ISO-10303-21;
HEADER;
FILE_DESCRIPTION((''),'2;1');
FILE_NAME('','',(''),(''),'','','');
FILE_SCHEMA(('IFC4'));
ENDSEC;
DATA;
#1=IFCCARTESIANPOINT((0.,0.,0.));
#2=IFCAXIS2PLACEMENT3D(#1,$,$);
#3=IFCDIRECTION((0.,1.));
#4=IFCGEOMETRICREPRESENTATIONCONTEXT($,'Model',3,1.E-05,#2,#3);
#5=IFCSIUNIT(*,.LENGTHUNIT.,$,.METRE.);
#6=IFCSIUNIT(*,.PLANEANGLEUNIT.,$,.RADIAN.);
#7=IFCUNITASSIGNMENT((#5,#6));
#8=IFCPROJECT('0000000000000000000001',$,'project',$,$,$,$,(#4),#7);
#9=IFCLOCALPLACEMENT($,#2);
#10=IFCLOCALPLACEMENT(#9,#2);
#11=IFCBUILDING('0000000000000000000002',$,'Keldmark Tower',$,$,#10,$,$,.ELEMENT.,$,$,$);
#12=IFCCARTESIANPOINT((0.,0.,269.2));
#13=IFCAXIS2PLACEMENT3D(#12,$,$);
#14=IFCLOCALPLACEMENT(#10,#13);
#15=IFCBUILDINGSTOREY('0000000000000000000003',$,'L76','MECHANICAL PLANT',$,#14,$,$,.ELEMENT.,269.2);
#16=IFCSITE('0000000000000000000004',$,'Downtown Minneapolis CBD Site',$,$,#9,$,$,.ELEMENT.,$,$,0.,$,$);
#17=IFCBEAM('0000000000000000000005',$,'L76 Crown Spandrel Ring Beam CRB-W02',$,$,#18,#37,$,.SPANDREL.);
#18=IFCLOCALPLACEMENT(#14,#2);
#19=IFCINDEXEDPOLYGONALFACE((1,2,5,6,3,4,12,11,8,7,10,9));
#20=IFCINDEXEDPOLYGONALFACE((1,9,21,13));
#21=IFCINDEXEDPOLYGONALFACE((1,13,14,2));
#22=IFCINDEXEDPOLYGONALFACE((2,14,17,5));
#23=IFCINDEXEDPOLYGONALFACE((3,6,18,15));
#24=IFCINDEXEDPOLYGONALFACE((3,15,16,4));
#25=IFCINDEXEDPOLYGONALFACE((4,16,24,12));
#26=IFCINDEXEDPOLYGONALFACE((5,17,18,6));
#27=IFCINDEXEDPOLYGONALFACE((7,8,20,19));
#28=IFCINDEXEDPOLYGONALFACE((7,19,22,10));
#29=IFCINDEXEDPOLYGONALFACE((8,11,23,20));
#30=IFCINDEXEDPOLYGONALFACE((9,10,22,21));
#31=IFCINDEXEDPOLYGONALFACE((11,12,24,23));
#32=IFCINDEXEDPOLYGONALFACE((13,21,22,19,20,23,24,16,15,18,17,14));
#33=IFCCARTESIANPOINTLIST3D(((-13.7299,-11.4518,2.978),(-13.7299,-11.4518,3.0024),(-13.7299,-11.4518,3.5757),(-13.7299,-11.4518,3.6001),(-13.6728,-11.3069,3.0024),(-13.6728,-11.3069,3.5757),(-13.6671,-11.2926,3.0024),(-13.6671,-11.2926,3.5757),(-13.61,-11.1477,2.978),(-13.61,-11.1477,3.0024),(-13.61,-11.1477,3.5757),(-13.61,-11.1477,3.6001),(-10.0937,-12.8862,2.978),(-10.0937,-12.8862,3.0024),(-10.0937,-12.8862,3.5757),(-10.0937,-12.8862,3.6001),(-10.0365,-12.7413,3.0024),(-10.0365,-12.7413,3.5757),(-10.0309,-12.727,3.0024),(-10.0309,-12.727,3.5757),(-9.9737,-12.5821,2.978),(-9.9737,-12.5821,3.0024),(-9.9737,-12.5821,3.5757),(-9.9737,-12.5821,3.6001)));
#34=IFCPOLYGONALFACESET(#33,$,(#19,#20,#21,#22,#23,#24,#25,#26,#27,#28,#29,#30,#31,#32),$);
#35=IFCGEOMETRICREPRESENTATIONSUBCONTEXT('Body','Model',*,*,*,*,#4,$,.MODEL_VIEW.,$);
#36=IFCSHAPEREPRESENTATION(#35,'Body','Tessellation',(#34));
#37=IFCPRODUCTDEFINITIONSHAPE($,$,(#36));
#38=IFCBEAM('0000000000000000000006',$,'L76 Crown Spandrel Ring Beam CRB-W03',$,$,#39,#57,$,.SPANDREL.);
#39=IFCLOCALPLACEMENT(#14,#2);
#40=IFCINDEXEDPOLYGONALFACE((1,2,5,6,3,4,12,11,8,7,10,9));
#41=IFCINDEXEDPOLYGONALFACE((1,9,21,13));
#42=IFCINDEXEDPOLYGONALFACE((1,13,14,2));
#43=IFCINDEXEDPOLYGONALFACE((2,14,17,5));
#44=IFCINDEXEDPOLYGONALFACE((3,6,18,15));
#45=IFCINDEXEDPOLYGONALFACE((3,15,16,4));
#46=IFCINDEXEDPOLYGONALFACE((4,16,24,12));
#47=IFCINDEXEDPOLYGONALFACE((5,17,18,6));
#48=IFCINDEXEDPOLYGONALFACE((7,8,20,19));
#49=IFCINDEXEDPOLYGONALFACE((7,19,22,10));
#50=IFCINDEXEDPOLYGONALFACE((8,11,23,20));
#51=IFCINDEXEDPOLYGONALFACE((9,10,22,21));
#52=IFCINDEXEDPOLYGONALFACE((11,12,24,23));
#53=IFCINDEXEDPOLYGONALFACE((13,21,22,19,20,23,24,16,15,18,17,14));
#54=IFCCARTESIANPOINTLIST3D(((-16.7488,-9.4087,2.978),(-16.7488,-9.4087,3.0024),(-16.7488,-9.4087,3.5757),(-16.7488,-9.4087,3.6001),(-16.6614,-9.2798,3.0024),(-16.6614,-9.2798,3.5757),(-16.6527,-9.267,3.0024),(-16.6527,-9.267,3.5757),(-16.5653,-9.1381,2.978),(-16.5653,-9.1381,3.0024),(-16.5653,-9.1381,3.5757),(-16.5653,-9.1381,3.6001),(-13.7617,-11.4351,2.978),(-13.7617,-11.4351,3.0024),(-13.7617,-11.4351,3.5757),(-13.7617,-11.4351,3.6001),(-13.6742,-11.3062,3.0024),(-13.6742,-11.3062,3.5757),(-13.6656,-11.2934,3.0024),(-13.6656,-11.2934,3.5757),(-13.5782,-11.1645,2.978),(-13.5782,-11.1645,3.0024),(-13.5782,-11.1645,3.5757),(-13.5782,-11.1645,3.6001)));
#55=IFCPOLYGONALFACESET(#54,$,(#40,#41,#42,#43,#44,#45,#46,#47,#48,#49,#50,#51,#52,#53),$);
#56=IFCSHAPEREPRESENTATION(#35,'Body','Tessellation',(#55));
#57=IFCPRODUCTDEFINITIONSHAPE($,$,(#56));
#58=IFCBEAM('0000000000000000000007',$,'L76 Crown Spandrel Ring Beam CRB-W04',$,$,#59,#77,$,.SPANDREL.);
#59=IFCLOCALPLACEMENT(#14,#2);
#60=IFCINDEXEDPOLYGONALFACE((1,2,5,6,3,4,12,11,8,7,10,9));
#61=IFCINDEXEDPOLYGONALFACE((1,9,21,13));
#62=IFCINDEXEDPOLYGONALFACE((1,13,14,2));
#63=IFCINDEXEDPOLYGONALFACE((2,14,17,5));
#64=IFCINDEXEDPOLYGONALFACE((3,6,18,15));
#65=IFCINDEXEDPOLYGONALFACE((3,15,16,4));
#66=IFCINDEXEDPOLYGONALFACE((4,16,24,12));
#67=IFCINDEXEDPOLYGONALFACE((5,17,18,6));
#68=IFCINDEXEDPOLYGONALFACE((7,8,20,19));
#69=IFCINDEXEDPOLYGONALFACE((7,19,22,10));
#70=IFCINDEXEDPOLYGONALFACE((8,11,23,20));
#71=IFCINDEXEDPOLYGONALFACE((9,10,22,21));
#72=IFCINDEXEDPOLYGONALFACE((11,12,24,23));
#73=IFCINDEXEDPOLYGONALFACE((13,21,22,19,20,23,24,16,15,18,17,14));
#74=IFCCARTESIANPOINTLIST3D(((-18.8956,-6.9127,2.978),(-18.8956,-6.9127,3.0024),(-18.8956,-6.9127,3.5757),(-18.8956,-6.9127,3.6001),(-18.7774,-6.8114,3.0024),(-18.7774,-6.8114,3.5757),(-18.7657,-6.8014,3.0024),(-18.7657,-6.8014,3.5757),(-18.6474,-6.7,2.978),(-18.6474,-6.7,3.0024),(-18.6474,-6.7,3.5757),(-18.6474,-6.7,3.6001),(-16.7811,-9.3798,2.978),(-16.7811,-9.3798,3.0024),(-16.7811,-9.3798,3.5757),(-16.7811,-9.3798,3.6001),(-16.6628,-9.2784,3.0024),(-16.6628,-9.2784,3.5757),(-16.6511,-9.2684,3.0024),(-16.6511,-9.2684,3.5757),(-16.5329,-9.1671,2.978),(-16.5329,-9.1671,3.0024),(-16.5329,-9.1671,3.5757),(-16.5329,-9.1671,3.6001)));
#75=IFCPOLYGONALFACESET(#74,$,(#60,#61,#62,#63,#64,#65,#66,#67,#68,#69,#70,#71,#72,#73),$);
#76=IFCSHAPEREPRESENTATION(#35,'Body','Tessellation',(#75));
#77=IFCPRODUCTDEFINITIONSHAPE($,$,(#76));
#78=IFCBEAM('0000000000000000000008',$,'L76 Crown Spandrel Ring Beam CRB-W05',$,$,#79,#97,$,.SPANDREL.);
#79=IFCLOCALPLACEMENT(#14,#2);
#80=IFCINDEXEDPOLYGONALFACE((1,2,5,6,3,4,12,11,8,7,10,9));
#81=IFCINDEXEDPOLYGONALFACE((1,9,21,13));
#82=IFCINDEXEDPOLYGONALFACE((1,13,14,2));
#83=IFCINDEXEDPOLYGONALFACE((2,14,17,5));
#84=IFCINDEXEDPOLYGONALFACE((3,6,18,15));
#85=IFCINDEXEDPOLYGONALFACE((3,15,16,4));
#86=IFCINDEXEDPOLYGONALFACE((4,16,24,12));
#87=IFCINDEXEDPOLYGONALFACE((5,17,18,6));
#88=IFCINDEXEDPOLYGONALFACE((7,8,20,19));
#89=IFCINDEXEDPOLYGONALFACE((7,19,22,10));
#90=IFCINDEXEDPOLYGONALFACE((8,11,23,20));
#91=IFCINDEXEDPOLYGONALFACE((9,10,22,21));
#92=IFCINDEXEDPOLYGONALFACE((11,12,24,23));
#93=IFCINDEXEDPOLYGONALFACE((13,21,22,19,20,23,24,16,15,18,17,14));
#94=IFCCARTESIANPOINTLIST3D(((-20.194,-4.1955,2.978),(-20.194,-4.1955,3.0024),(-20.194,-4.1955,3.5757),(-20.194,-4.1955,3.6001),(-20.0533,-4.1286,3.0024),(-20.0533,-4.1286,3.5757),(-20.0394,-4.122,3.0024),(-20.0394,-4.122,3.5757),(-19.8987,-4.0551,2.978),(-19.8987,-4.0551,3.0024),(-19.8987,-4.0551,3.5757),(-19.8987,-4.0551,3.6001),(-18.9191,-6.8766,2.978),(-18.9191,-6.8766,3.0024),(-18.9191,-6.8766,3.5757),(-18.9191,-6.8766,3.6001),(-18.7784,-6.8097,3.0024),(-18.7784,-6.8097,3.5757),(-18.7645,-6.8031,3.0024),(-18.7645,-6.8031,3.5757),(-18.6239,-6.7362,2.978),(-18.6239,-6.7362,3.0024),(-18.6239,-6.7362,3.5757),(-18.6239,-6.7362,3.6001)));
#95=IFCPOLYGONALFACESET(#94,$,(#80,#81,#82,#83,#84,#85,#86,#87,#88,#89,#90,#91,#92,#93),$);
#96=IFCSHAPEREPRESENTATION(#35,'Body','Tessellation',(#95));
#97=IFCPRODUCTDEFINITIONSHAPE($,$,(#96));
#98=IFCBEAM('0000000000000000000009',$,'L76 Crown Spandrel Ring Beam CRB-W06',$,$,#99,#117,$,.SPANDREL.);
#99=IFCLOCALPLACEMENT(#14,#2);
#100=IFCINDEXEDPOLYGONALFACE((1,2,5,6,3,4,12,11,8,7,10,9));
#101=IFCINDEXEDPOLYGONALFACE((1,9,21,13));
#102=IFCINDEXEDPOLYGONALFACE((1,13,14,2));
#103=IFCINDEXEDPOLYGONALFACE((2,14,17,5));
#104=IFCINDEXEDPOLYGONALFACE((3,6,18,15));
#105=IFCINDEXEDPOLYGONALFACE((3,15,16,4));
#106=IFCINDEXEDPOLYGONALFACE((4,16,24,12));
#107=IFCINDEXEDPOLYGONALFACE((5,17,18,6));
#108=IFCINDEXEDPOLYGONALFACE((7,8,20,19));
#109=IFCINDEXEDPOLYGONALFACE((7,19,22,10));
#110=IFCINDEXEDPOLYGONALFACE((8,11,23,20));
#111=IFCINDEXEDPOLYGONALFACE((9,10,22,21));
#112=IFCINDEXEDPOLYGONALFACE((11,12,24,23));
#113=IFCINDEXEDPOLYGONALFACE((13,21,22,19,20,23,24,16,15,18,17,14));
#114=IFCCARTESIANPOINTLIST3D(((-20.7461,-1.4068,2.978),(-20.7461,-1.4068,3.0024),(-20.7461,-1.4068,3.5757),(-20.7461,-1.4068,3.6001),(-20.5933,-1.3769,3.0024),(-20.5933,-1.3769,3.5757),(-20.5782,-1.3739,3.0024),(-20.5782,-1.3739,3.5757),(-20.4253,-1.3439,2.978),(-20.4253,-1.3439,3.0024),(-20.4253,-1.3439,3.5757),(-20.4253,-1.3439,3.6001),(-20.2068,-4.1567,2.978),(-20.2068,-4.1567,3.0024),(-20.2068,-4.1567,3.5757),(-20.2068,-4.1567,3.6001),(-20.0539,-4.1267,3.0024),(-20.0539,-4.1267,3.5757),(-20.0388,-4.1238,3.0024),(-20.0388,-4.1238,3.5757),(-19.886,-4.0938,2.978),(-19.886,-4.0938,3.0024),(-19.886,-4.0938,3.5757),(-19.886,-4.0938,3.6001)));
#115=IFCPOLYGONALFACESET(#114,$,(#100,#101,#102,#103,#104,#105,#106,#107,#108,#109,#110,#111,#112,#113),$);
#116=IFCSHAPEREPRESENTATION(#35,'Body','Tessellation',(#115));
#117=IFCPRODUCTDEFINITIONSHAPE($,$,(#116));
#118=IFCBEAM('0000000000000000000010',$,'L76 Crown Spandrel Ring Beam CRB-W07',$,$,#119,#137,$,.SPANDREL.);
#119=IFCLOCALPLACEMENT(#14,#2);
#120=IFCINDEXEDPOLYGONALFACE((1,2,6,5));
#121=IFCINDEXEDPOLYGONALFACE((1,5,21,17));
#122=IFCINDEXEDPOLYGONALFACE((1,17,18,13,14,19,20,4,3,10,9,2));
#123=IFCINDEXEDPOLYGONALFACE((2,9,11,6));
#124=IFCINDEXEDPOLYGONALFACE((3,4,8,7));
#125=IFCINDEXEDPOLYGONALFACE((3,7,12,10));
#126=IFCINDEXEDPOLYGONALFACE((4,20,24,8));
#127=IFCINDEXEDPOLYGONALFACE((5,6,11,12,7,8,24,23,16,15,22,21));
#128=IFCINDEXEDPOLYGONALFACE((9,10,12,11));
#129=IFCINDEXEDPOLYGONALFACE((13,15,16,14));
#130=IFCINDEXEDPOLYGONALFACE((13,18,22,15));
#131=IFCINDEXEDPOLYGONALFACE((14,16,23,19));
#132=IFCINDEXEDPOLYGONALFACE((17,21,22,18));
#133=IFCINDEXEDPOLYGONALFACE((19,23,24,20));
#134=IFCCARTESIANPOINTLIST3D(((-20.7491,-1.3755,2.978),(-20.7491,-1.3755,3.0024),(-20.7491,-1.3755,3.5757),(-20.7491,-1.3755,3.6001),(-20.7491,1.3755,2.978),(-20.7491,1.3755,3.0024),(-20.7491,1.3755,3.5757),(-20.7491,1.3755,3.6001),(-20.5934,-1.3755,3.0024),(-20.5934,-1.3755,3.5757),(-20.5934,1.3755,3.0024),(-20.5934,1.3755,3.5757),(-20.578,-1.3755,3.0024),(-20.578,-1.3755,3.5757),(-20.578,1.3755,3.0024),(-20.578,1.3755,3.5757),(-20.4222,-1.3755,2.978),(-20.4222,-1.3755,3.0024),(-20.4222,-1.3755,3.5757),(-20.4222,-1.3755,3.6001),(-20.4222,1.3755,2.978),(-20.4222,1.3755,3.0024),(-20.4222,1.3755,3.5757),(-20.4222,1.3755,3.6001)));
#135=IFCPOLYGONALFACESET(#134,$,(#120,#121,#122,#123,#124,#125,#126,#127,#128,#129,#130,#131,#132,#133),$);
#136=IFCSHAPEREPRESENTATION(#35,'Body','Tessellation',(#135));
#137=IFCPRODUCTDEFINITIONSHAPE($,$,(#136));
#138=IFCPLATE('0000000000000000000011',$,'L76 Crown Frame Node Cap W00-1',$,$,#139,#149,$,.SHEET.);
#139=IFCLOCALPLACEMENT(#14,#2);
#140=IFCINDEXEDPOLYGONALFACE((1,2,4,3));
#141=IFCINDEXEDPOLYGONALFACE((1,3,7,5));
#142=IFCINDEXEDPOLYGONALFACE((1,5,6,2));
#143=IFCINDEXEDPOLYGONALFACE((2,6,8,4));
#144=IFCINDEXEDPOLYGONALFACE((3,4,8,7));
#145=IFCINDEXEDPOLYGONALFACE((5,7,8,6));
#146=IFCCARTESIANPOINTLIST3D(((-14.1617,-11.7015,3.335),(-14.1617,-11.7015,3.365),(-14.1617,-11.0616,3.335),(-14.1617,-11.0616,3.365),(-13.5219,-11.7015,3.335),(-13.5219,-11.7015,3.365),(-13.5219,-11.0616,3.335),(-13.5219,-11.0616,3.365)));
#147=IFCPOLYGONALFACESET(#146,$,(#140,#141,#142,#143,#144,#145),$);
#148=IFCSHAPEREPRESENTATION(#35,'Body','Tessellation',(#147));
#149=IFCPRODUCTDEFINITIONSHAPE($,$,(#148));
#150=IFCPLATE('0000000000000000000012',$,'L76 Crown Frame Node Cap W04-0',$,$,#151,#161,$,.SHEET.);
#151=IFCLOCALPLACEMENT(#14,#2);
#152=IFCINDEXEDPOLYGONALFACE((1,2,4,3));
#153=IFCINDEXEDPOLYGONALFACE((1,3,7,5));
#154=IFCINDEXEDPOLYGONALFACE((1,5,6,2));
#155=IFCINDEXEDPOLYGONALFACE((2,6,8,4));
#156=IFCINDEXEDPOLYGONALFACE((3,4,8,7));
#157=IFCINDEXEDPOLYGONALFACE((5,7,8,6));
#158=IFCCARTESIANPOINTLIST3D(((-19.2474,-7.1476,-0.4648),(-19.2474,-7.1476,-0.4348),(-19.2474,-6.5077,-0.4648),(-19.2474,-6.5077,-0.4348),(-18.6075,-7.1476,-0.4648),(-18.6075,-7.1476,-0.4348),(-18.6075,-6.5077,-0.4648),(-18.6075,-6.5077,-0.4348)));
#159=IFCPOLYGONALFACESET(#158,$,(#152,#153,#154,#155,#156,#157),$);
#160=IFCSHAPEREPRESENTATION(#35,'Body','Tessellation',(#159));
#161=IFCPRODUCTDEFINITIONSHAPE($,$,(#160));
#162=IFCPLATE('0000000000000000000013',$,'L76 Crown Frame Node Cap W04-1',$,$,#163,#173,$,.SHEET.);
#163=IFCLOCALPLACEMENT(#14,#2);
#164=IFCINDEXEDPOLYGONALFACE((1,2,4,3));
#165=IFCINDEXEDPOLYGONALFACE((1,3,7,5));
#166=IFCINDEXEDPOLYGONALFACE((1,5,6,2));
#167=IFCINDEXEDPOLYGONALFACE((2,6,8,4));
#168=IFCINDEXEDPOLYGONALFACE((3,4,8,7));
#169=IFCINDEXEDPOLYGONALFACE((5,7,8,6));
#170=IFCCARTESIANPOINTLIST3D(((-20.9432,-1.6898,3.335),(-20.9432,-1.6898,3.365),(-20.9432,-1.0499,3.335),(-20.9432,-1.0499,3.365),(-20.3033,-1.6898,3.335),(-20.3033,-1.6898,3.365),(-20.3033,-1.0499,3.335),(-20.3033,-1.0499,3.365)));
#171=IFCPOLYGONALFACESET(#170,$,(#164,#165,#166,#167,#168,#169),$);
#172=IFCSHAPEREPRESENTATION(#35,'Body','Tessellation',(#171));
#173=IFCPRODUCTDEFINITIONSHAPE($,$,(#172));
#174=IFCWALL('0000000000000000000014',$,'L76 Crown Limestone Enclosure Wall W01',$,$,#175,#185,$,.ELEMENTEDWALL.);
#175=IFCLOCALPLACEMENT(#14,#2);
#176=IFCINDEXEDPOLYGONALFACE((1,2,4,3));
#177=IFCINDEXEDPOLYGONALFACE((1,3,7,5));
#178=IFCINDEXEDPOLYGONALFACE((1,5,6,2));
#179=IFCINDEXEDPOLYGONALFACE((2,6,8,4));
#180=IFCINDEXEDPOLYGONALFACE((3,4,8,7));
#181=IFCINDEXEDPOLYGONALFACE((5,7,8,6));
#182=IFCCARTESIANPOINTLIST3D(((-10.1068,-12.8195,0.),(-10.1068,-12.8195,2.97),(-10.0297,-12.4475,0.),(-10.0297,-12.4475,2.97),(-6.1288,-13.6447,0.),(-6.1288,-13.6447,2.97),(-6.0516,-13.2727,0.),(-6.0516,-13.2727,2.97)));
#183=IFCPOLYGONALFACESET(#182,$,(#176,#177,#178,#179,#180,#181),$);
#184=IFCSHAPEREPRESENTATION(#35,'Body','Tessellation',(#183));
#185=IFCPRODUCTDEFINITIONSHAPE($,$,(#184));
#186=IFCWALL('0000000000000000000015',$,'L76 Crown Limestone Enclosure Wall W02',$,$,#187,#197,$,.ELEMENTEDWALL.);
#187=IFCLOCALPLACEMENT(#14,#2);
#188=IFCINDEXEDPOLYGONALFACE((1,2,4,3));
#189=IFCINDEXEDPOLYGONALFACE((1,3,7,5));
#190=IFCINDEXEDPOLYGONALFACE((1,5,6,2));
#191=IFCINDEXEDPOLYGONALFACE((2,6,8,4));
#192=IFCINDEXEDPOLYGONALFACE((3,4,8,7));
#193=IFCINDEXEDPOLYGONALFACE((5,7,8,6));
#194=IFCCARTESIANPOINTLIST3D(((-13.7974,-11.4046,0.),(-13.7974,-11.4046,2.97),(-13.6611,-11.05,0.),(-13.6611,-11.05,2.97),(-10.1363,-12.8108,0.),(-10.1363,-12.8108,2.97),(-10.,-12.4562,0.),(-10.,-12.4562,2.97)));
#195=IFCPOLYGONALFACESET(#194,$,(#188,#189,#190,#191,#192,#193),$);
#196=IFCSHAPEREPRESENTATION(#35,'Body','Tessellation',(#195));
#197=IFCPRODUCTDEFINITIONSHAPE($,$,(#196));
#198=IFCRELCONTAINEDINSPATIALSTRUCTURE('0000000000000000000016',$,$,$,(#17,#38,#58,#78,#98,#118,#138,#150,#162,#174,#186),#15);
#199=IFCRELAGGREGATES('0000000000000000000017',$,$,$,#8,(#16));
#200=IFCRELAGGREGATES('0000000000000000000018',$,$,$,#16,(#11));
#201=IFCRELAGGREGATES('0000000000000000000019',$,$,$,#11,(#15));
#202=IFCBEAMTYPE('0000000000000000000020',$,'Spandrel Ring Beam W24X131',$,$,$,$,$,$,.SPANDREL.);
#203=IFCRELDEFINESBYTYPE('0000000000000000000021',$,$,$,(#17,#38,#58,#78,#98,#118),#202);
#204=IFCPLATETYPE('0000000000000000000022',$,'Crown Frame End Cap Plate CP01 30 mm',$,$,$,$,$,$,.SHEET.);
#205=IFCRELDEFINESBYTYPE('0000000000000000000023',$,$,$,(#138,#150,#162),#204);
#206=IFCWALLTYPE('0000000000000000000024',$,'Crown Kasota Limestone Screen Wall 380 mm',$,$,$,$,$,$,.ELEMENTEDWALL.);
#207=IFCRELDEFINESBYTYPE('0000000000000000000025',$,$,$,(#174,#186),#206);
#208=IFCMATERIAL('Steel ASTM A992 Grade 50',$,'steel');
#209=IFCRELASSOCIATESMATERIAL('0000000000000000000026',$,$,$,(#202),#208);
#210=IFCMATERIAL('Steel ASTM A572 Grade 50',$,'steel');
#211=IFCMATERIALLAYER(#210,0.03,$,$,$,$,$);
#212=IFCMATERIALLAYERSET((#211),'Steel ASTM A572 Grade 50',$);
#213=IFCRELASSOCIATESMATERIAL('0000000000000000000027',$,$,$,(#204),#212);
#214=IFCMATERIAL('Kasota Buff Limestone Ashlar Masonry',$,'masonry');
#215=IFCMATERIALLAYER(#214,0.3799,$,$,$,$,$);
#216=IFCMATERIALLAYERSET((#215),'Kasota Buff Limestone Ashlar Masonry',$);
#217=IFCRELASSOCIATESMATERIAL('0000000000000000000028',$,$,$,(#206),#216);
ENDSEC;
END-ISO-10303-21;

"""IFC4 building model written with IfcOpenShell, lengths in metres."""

from ifc_helpers import new_model, si_unit, direction, frame, frame_2d, origin, origin_2d, place, context, subcontext, project, spatial, rectangle, i_section, extrude, material, layer, layer_set, material_profile, profile_set, type_object, element, save


model = new_model("IFC4")

# Units and contexts
model_context = context("Model", 3, precision=1e-05, world=origin(), true_north=direction((0.0, 1.0)))
body_context = subcontext(model_context, "Body", "Model", "MODEL_VIEW")
ifc_project = project(units=[si_unit("LENGTHUNIT", "METRE"), si_unit("PLANEANGLEUNIT", "RADIAN")], contexts=[model_context])

# Site, building, storey
site_placement = place(None, origin())
site = spatial("IfcSite", under=ifc_project, at=site_placement, Name="Downtown Minneapolis CBD Site", CompositionType="ELEMENT", RefElevation=0.0)
building_placement = place(site_placement, origin())
building = spatial("IfcBuilding", under=site, at=building_placement, Name="Keldmark Tower", CompositionType="ELEMENT")
storey_placement = place(building_placement, frame((0.0, 0.0, 269.2)))
storey = spatial("IfcBuildingStorey", under=building, at=storey_placement, Name="L76", Description="MECHANICAL PLANT", CompositionType="ELEMENT", Elevation=269.2)

# Beams
ifc_material_1 = material(Name="Steel ASTM A992 Grade 50", Category="steel")
ifc_material_profile_1 = material_profile(ifc_material_1, i_section(OverallWidth=0.3269, OverallDepth=0.6221, WebThickness=0.0154, FlangeThickness=0.0244, at=origin_2d()), Name="W24X131")
ifc_profile_set_1 = profile_set([ifc_material_profile_1], Name="Steel ASTM A992 Grade 50")
beam_type_1 = type_object("IfcBeamType", Name="Spandrel Ring Beam W24X131", PredefinedType="SPANDREL", material=ifc_profile_set_1)
beam_1_placement = place(storey_placement, frame((-10.0337, -12.7341, 3.2891), z_axis=(-0.930245, 0.366939, 0.0), x_axis=(-0.366939, -0.930245, 0.0)))
element("IfcBeam", 1, at=beam_1_placement, inside=storey, type_object=beam_type_1, Name="L76 Crown Spandrel Ring Beam CRB-W02", PredefinedType="SPANDREL", context=body_context, shape_type="SweptSolid", body=[
    extrude(i_section(OverallWidth=0.3269, OverallDepth=0.6221, WebThickness=0.0154, FlangeThickness=0.0244, at=origin_2d()), origin(), (0.0, 0.0, 1.0), 3.9089),
])
beam_2_placement = place(storey_placement, frame((-13.6699, -11.2998, 3.2891), z_axis=(-0.827549, 0.561394, 0.0), x_axis=(-0.561394, -0.827549, 0.0)))
element("IfcBeam", 2, at=beam_2_placement, inside=storey, type_object=beam_type_1, Name="L76 Crown Spandrel Ring Beam CRB-W03", PredefinedType="SPANDREL", context=body_context, shape_type="SweptSolid", body=[
    extrude(i_section(OverallWidth=0.3269, OverallDepth=0.6221, WebThickness=0.0154, FlangeThickness=0.0244, at=origin_2d()), origin(), (0.0, 0.0, 1.0), 3.6096),
])
beam_3_placement = place(storey_placement, frame((-16.657, -9.2734, 3.2891), z_axis=(-0.650773, 0.759273, 0.0), x_axis=(-0.759273, -0.650773, 0.0)))
element("IfcBeam", 3, at=beam_3_placement, inside=storey, type_object=beam_type_1, Name="L76 Crown Spandrel Ring Beam CRB-W04", PredefinedType="SPANDREL", context=body_context, shape_type="SweptSolid", body=[
    extrude(i_section(OverallWidth=0.3269, OverallDepth=0.6221, WebThickness=0.0154, FlangeThickness=0.0244, at=origin_2d()), origin(), (0.0, 0.0, 1.0), 3.2493),
])
beam_4_placement = place(storey_placement, frame((-18.7715, -6.8064, 3.2891), z_axis=(-0.429429, 0.903101, 0.0), x_axis=(-0.903101, -0.429429, 0.0)))
element("IfcBeam", 4, at=beam_4_placement, inside=storey, type_object=beam_type_1, Name="L76 Crown Spandrel Ring Beam CRB-W05", PredefinedType="SPANDREL", context=body_context, shape_type="SweptSolid", body=[
    extrude(i_section(OverallWidth=0.3269, OverallDepth=0.6221, WebThickness=0.0154, FlangeThickness=0.0244, at=origin_2d()), origin(), (0.0, 0.0, 1.0), 2.9688),
])
beam_5_placement = place(storey_placement, frame((-20.0464, -4.1252, 3.2891), z_axis=(-0.192462, 0.981304, 0.0), x_axis=(-0.981304, -0.192462, 0.0)))
element("IfcBeam", 5, at=beam_5_placement, inside=storey, type_object=beam_type_1, Name="L76 Crown Spandrel Ring Beam CRB-W06", PredefinedType="SPANDREL", context=body_context, shape_type="SweptSolid", body=[
    extrude(i_section(OverallWidth=0.3269, OverallDepth=0.6221, WebThickness=0.0154, FlangeThickness=0.0244, at=origin_2d()), origin(), (0.0, 0.0, 1.0), 2.8022),
])
beam_6_placement = place(storey_placement, frame((-20.5857, -1.3755, 3.2891), z_axis=(0.0, 1.0, 0.0), x_axis=(-1.0, 0.0, 0.0)))
element("IfcBeam", 6, at=beam_6_placement, inside=storey, type_object=beam_type_1, Name="L76 Crown Spandrel Ring Beam CRB-W07", PredefinedType="SPANDREL", context=body_context, shape_type="SweptSolid", body=[
    extrude(i_section(OverallWidth=0.3269, OverallDepth=0.6221, WebThickness=0.0154, FlangeThickness=0.0244, at=origin_2d()), origin(), (0.0, 0.0, 1.0), 2.751),
])

# Plates
ifc_material_2 = material(Name="Steel ASTM A572 Grade 50", Category="steel")
ifc_layer_1 = layer(ifc_material_2, 0.03)
ifc_layer_set_1 = layer_set([ifc_layer_1], Name="Steel ASTM A572 Grade 50")
plate_type = type_object("IfcPlateType", Name="Crown Frame End Cap Plate CP01 30 mm", PredefinedType="SHEET", material=ifc_layer_set_1)
for number, where, z_axis, x_axis, name in (
    (7, (-13.8418, -11.3816, 3.335), (0.0, 0.0, 1.0), (1.0, 0.0, 0.0), "L76 Crown Frame Node Cap W00-1"),
    (8, (-18.9275, -6.8276, -0.4648), (0.0, 0.0, 1.0), (1.0, 0.0, 0.0), "L76 Crown Frame Node Cap W04-0"),
    (9, (-20.6233, -1.3699, 3.335), (0.0, 0.0, 1.0), (1.0, 0.0, 0.0), "L76 Crown Frame Node Cap W04-1"),
):
    element("IfcPlate", number, at=place(storey_placement, frame(where, z_axis=z_axis, x_axis=x_axis)), inside=storey, type_object=plate_type, Name=name, PredefinedType="SHEET", context=body_context, shape_type="SweptSolid", body=[
        extrude(rectangle(XDim=0.6399, YDim=0.6399, at=origin_2d()), origin(), (0.0, 0.0, 1.0), 0.03),
    ])

# Walls
ifc_material_3 = material(Name="Kasota Buff Limestone Ashlar Masonry", Category="masonry")
ifc_layer_2 = layer(ifc_material_3, 0.3799)
ifc_layer_set_2 = layer_set([ifc_layer_2], Name="Kasota Buff Limestone Ashlar Masonry")
wall_type_1 = type_object("IfcWallType", Name="Crown Kasota Limestone Screen Wall 380 mm", PredefinedType="ELEMENTEDWALL", material=ifc_layer_set_2)
wall_1_placement = place(storey_placement, frame((-10.0681, -12.6335, 0.0), z_axis=(0.0, 0.0, 1.0), x_axis=(0.979155, -0.203114, 0.0)))
element("IfcWall", 10, at=wall_1_placement, inside=storey, type_object=wall_type_1, Name="L76 Crown Limestone Enclosure Wall W01", PredefinedType="ELEMENTEDWALL", context=body_context, shape_type="SweptSolid", body=[
    extrude(rectangle(XDim=4.0627, YDim=0.3799, at=frame_2d((2.0312, 0.0))), origin(), (0.0, 0.0, 1.0), 2.97),
])
wall_2_placement = place(storey_placement, frame((-13.7292, -11.2273, 0.0), z_axis=(0.0, 0.0, 1.0), x_axis=(0.933506, -0.358562, 0.0)))
element("IfcWall", 11, at=wall_2_placement, inside=storey, type_object=wall_type_1, Name="L76 Crown Limestone Enclosure Wall W02", PredefinedType="ELEMENTEDWALL", context=body_context, shape_type="SweptSolid", body=[
    extrude(rectangle(XDim=3.9219, YDim=0.3799, at=frame_2d((1.9609, 0.0))), origin(), (0.0, 0.0, 1.0), 2.97),
])

save(model, "model.ifc")
